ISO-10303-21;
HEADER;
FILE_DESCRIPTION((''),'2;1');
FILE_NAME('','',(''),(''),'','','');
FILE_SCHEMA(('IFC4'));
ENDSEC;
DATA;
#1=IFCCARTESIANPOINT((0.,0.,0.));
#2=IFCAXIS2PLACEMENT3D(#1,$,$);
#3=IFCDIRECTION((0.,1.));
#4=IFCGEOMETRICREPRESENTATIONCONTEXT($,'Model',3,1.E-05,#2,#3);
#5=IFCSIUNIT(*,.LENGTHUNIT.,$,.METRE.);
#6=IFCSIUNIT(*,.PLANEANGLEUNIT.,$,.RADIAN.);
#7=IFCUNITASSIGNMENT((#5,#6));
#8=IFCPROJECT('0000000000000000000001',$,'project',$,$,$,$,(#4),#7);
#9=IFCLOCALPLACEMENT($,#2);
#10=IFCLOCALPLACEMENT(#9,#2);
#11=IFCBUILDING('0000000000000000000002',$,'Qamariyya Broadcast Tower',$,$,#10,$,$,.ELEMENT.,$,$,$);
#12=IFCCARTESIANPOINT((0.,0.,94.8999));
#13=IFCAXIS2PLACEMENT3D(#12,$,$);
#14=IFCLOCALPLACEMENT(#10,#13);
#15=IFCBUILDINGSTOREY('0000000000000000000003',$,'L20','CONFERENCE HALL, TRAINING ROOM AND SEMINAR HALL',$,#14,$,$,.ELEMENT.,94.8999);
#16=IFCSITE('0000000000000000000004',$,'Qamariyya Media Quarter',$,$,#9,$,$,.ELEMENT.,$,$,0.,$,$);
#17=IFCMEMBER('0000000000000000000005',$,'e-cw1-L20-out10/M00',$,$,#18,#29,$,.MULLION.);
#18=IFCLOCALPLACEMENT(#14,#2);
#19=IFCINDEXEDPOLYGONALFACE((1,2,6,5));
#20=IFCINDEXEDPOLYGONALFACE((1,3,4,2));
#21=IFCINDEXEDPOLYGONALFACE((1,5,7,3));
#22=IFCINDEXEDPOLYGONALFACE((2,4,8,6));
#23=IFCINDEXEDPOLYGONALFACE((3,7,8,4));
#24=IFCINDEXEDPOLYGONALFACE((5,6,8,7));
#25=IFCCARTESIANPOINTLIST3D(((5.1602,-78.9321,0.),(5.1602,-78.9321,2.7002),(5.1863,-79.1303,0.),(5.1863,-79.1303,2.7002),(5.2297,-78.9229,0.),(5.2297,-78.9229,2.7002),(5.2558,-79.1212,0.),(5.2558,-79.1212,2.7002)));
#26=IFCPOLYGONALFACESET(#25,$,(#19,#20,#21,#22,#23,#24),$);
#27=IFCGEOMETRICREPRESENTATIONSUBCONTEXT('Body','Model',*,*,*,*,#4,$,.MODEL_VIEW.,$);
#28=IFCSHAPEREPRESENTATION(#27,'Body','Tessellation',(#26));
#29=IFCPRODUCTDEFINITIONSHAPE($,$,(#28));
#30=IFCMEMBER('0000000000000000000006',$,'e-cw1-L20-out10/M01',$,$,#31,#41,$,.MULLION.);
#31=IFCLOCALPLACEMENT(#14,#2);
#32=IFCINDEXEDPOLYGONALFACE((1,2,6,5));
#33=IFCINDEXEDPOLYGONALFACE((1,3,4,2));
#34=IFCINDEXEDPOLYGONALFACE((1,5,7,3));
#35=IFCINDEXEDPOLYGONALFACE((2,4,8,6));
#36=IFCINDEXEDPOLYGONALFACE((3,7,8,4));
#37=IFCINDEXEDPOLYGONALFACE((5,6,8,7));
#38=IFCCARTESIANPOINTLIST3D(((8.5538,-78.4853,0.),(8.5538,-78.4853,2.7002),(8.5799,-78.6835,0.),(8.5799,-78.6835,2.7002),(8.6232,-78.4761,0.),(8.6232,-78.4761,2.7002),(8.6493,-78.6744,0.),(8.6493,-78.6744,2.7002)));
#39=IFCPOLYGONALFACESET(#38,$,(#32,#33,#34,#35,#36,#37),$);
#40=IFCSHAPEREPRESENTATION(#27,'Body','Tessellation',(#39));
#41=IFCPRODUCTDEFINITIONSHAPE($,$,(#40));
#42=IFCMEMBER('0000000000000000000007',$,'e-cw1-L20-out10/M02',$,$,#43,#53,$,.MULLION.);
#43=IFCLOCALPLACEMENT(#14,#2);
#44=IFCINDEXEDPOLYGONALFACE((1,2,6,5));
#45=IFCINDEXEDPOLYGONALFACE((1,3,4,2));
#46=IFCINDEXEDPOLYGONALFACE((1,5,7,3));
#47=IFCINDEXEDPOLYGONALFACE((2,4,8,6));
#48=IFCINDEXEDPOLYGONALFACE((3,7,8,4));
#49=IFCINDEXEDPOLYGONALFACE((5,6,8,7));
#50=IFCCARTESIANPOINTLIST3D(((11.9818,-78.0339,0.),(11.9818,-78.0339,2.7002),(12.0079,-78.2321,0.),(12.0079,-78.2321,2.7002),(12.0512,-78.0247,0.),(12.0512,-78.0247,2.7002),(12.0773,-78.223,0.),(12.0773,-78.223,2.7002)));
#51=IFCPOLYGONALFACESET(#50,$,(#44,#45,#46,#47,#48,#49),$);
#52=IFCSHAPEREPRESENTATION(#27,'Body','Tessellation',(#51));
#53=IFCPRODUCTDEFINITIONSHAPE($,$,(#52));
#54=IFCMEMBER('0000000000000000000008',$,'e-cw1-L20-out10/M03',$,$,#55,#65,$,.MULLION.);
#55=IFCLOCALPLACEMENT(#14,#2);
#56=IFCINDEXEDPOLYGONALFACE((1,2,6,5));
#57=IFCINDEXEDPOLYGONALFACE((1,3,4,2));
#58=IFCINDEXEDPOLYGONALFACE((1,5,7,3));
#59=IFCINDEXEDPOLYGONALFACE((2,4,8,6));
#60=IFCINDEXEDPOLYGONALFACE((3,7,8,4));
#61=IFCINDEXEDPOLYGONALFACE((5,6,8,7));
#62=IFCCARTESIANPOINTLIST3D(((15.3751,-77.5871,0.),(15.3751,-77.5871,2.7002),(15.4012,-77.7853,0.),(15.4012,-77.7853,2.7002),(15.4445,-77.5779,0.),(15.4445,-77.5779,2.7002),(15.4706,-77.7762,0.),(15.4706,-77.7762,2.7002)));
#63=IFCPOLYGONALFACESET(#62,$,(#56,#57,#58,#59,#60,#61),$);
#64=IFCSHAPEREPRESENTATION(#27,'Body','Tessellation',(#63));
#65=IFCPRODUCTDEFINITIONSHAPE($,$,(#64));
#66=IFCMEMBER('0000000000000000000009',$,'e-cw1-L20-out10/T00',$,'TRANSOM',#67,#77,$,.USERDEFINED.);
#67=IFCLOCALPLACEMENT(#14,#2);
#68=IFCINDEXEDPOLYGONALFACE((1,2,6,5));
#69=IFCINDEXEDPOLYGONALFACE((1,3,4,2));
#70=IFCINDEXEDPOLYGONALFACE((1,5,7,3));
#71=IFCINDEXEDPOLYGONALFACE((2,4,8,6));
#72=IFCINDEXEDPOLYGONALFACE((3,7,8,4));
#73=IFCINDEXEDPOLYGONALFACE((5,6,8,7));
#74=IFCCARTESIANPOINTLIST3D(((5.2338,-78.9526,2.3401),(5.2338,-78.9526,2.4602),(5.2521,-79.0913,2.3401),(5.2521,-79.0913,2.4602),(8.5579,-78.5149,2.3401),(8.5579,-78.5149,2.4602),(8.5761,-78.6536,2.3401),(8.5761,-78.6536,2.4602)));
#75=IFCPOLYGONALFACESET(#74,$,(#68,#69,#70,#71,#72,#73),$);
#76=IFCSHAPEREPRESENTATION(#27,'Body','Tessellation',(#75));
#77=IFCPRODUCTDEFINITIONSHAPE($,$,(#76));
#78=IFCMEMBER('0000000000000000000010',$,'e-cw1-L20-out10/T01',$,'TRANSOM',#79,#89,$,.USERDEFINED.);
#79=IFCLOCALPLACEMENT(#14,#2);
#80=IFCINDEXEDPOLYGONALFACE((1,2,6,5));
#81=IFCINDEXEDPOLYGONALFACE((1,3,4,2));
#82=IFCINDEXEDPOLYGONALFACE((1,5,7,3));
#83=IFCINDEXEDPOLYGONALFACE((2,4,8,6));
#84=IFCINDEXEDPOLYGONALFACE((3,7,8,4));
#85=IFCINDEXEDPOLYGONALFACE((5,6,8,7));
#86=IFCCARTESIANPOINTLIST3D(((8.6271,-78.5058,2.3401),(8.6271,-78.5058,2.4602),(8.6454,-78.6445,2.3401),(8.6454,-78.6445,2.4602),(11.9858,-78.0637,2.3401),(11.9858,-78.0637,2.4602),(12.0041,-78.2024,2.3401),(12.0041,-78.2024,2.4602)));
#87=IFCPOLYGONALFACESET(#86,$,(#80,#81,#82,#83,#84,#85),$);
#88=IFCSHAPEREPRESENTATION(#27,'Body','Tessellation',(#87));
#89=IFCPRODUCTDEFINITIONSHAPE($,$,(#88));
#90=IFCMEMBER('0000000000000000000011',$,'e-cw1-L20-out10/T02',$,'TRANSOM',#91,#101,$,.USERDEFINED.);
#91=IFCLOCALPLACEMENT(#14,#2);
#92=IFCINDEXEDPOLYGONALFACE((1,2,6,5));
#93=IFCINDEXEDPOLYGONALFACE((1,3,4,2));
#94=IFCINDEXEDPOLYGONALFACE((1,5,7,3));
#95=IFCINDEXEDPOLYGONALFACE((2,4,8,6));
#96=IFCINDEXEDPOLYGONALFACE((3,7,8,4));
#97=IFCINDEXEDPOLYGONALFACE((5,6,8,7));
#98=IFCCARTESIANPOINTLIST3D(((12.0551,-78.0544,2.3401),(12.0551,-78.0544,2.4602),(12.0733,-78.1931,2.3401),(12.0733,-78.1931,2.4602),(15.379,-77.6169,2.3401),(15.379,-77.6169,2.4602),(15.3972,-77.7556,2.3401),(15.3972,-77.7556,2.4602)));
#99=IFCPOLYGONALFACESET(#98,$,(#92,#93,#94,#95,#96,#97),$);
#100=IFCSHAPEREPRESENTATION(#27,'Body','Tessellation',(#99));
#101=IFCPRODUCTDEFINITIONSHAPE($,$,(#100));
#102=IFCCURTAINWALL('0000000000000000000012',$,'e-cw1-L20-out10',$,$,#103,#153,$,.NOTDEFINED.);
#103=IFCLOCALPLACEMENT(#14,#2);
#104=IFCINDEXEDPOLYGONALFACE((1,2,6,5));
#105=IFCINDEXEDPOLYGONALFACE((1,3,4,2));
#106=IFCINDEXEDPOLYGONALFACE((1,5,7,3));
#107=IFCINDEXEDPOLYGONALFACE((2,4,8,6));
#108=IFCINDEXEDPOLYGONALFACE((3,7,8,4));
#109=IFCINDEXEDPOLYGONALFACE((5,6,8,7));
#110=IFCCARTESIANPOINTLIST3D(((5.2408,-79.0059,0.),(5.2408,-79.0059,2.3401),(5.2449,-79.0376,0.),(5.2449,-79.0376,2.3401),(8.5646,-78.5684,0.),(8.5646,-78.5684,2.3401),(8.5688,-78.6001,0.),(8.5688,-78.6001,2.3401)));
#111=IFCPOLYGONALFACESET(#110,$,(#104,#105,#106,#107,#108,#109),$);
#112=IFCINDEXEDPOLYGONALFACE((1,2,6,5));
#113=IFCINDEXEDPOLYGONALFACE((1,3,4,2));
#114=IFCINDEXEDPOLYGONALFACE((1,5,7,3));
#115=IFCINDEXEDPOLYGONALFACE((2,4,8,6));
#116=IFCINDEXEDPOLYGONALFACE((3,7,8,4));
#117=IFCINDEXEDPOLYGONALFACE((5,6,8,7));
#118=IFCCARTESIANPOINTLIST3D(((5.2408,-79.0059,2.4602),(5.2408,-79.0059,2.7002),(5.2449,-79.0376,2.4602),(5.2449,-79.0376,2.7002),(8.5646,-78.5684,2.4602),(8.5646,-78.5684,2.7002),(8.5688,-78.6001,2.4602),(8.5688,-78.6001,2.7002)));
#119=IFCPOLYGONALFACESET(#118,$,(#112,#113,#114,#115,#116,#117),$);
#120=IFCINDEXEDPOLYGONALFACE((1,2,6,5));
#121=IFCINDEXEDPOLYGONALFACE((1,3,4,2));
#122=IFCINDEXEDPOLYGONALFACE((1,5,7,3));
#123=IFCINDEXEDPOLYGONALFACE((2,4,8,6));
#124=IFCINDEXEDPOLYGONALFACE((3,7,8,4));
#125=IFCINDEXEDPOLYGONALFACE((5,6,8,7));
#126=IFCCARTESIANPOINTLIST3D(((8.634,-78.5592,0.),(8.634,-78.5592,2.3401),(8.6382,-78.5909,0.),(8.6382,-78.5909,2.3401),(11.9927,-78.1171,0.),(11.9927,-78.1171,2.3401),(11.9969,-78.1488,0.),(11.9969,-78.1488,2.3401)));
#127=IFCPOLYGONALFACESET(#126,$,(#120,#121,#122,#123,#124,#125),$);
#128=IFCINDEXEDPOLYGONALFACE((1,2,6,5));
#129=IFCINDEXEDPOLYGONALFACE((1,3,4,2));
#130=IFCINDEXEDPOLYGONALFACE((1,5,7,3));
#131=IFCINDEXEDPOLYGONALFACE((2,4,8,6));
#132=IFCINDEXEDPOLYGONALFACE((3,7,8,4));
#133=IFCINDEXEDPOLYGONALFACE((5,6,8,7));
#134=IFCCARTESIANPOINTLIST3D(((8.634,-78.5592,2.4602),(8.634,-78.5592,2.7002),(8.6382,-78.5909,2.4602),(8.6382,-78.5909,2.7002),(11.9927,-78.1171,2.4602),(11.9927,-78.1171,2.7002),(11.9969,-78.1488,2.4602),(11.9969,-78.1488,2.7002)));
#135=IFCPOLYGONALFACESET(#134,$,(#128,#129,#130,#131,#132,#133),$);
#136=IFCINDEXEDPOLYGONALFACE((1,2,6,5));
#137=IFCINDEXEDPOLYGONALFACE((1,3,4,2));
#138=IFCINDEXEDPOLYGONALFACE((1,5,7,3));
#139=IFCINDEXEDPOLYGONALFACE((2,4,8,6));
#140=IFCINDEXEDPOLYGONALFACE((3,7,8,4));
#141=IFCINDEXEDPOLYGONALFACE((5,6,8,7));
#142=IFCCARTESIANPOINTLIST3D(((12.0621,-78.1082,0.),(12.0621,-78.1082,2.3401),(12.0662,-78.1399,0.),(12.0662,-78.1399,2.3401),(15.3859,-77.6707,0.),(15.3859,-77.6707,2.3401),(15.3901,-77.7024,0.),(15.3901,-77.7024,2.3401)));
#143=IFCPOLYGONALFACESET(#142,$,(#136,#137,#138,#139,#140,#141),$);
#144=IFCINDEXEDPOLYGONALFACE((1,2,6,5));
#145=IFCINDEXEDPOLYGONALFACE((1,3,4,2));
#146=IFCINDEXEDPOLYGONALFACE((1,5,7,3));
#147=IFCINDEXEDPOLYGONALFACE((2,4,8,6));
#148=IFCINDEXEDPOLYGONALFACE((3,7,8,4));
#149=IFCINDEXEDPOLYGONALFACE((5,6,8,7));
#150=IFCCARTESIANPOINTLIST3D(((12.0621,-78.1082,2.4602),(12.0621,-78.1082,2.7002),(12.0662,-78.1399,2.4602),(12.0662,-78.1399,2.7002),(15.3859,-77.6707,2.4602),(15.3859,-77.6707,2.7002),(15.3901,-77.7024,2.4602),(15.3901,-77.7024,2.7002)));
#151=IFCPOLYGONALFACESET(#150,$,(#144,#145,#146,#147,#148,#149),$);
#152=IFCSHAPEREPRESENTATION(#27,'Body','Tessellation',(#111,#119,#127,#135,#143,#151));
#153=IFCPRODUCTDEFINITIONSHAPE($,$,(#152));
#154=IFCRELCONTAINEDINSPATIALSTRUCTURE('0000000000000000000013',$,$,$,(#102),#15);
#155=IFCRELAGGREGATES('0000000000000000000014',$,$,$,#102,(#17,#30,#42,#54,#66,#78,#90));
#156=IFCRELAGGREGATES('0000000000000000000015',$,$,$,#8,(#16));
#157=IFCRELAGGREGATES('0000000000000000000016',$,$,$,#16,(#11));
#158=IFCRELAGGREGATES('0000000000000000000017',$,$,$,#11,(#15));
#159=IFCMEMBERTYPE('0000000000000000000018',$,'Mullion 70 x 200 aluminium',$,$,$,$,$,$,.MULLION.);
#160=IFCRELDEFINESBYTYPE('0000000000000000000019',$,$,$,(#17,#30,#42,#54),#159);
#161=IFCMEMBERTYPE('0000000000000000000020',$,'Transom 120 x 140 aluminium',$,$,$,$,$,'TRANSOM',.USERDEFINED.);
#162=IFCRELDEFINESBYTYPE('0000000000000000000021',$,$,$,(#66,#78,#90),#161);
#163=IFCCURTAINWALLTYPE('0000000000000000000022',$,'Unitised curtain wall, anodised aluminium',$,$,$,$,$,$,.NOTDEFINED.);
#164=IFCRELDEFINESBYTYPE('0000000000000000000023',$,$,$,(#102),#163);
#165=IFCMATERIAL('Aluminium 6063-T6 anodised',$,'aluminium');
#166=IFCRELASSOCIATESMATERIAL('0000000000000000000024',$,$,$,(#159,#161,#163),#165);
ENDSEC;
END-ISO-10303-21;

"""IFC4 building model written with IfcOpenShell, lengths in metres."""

from ifc_helpers import new_model, si_unit, direction, frame, origin, origin_2d, place, context, subcontext, project, spatial, rectangle, extrude, material, material_profile, profile_set, type_object, element, aggregate, save


model = new_model("IFC4")

# Units and contexts
model_context = context("Model", 3, precision=1e-05, world=origin(), true_north=direction((0.0, 1.0)))
body_context = subcontext(model_context, "Body", "Model", "MODEL_VIEW")
ifc_project = project(units=[si_unit("LENGTHUNIT", "METRE"), si_unit("PLANEANGLEUNIT", "RADIAN")], contexts=[model_context])

# Members
ifc_material = material(Name="Aluminium 6063-T6 anodised", Category="aluminium")
ifc_material_profile_1 = material_profile(ifc_material, rectangle(XDim=0.2, YDim=0.0701, at=origin_2d()))
ifc_profile_set_1 = profile_set([ifc_material_profile_1], Name="Aluminium 6063-T6 anodised")
member_type_1 = type_object("IfcMemberType", Name="Mullion 70 x 200 aluminium", PredefinedType="MULLION", material=ifc_profile_set_1)
site_placement = place(None, origin())
building_placement = place(site_placement, origin())
storey_placement = place(building_placement, frame((0.0, 0.0, 94.8999)))
member_1_placement = place(storey_placement, frame((5.208, -79.0266, 0.0), z_axis=(0.0, 0.0, 1.0), x_axis=(-0.130526, 0.991445, 0.0)))
member_1 = element("IfcMember", 1, at=member_1_placement, type_object=member_type_1, Name="e-cw1-L20-out10/M00", PredefinedType="MULLION", context=body_context, shape_type="SweptSolid", body=[
    extrude(rectangle(XDim=0.2, YDim=0.0701, at=origin_2d()), origin(), (0.0, 0.0, 1.0), 2.7002),
])
member_2_placement = place(storey_placement, frame((8.6016, -78.5798, 0.0), z_axis=(0.0, 0.0, 1.0), x_axis=(-0.130526, 0.991445, 0.0)))
member_2 = element("IfcMember", 2, at=member_2_placement, type_object=member_type_1, Name="e-cw1-L20-out10/M01", PredefinedType="MULLION", context=body_context, shape_type="SweptSolid", body=[
    extrude(rectangle(XDim=0.2, YDim=0.0701, at=origin_2d()), origin(), (0.0, 0.0, 1.0), 2.7002),
])
member_3_placement = place(storey_placement, frame((12.0295, -78.1284, 0.0), z_axis=(0.0, 0.0, 1.0), x_axis=(-0.130526, 0.991445, 0.0)))
member_3 = element("IfcMember", 3, at=member_3_placement, type_object=member_type_1, Name="e-cw1-L20-out10/M02", PredefinedType="MULLION", context=body_context, shape_type="SweptSolid", body=[
    extrude(rectangle(XDim=0.2, YDim=0.0701, at=origin_2d()), origin(), (0.0, 0.0, 1.0), 2.7002),
])
member_4_placement = place(storey_placement, frame((15.4229, -77.6816, 0.0), z_axis=(0.0, 0.0, 1.0), x_axis=(-0.130526, 0.991445, 0.0)))
member_4 = element("IfcMember", 4, at=member_4_placement, type_object=member_type_1, Name="e-cw1-L20-out10/M03", PredefinedType="MULLION", context=body_context, shape_type="SweptSolid", body=[
    extrude(rectangle(XDim=0.2, YDim=0.0701, at=origin_2d()), origin(), (0.0, 0.0, 1.0), 2.7002),
])
ifc_material_profile_2 = material_profile(ifc_material, rectangle(XDim=0.1399, YDim=0.1201, at=origin_2d()))
ifc_profile_set_2 = profile_set([ifc_material_profile_2], Name="Aluminium 6063-T6 anodised")
member_type_2 = type_object("IfcMemberType", Name="Transom 120 x 140 aluminium", ElementType="TRANSOM", PredefinedType="USERDEFINED", material=ifc_profile_set_2)
member_5_placement = place(storey_placement, frame((5.2429, -79.022, 2.4001), z_axis=(0.99144, 0.130566, 0.0), x_axis=(-0.130566, 0.99144, 0.0)))
member_5 = element("IfcMember", 5, at=member_5_placement, type_object=member_type_2, Name="e-cw1-L20-out10/T00", ObjectType="TRANSOM", PredefinedType="USERDEFINED", context=body_context, shape_type="SweptSolid", body=[
    extrude(rectangle(XDim=0.1399, YDim=0.1201, at=origin_2d()), origin(), (0.0, 0.0, 1.0), 3.3528),
])
member_6_placement = place(storey_placement, frame((8.6362, -78.5752, 2.4001), z_axis=(0.991446, 0.130516, 0.0), x_axis=(-0.130516, 0.991446, 0.0)))
member_6 = element("IfcMember", 6, at=member_6_placement, type_object=member_type_2, Name="e-cw1-L20-out10/T01", ObjectType="TRANSOM", PredefinedType="USERDEFINED", context=body_context, shape_type="SweptSolid", body=[
    extrude(rectangle(XDim=0.1399, YDim=0.1201, at=origin_2d()), origin(), (0.0, 0.0, 1.0), 3.3877),
])
member_7_placement = place(storey_placement, frame((12.0642, -78.1238, 2.4001), z_axis=(0.991449, 0.130494, 0.0), x_axis=(-0.130494, 0.991449, 0.0)))
member_7 = element("IfcMember", 7, at=member_7_placement, type_object=member_type_2, Name="e-cw1-L20-out10/T02", ObjectType="TRANSOM", PredefinedType="USERDEFINED", context=body_context, shape_type="SweptSolid", body=[
    extrude(rectangle(XDim=0.1399, YDim=0.1201, at=origin_2d()), origin(), (0.0, 0.0, 1.0), 3.3525),
])

# Site, building, storey
site = spatial("IfcSite", under=ifc_project, at=site_placement, Name="Qamariyya Media Quarter", CompositionType="ELEMENT", RefElevation=0.0)
building = spatial("IfcBuilding", under=site, at=building_placement, Name="Qamariyya Broadcast Tower", CompositionType="ELEMENT")
storey = spatial("IfcBuildingStorey", under=building, at=storey_placement, Name="L20", Description="CONFERENCE HALL, TRAINING ROOM AND SEMINAR HALL", CompositionType="ELEMENT", Elevation=94.8999)

# Curtain wall
curtain_wall_type = type_object("IfcCurtainWallType", Name="Unitised curtain wall, anodised aluminium", PredefinedType="NOTDEFINED", material=ifc_material)
curtain_wall_1_placement = place(storey_placement, origin())
curtain_wall_1 = element("IfcCurtainWall", 8, at=curtain_wall_1_placement, inside=storey, type_object=curtain_wall_type, Name="e-cw1-L20-out10", PredefinedType="NOTDEFINED", context=body_context, shape_type="SweptSolid", body=[
    extrude(rectangle(XDim=3.3525, YDim=0.032, at=origin_2d()), frame((6.9048, -78.803, 0.0), x_axis=(0.991447, 0.130509, 0.0)), (0.0, 0.0, 1.0), 2.3401),
    extrude(rectangle(XDim=3.3525, YDim=0.032, at=origin_2d()), frame((6.9048, -78.803, 2.4602), x_axis=(0.991447, 0.130509, 0.0)), (0.0, 0.0, 1.0), 0.24),
    extrude(rectangle(XDim=3.3877, YDim=0.032, at=origin_2d()), frame((10.3154, -78.354, 0.0), x_axis=(0.991447, 0.130509, 0.0)), (0.0, 0.0, 1.0), 2.3401),
    extrude(rectangle(XDim=3.3877, YDim=0.032, at=origin_2d()), frame((10.3154, -78.354, 2.4602), x_axis=(0.991447, 0.130509, 0.0)), (0.0, 0.0, 1.0), 0.24),
    extrude(rectangle(XDim=3.3525, YDim=0.032, at=origin_2d()), frame((13.7261, -77.9053, 0.0), x_axis=(0.991447, 0.130509, 0.0)), (0.0, 0.0, 1.0), 2.3401),
    extrude(rectangle(XDim=3.3525, YDim=0.032, at=origin_2d()), frame((13.7261, -77.9053, 2.4602), x_axis=(0.991447, 0.130509, 0.0)), (0.0, 0.0, 1.0), 0.24),
])
aggregate(curtain_wall_1, [member_1, member_2, member_3, member_4, member_5, member_6, member_7])

save(model, "model.ifc")
